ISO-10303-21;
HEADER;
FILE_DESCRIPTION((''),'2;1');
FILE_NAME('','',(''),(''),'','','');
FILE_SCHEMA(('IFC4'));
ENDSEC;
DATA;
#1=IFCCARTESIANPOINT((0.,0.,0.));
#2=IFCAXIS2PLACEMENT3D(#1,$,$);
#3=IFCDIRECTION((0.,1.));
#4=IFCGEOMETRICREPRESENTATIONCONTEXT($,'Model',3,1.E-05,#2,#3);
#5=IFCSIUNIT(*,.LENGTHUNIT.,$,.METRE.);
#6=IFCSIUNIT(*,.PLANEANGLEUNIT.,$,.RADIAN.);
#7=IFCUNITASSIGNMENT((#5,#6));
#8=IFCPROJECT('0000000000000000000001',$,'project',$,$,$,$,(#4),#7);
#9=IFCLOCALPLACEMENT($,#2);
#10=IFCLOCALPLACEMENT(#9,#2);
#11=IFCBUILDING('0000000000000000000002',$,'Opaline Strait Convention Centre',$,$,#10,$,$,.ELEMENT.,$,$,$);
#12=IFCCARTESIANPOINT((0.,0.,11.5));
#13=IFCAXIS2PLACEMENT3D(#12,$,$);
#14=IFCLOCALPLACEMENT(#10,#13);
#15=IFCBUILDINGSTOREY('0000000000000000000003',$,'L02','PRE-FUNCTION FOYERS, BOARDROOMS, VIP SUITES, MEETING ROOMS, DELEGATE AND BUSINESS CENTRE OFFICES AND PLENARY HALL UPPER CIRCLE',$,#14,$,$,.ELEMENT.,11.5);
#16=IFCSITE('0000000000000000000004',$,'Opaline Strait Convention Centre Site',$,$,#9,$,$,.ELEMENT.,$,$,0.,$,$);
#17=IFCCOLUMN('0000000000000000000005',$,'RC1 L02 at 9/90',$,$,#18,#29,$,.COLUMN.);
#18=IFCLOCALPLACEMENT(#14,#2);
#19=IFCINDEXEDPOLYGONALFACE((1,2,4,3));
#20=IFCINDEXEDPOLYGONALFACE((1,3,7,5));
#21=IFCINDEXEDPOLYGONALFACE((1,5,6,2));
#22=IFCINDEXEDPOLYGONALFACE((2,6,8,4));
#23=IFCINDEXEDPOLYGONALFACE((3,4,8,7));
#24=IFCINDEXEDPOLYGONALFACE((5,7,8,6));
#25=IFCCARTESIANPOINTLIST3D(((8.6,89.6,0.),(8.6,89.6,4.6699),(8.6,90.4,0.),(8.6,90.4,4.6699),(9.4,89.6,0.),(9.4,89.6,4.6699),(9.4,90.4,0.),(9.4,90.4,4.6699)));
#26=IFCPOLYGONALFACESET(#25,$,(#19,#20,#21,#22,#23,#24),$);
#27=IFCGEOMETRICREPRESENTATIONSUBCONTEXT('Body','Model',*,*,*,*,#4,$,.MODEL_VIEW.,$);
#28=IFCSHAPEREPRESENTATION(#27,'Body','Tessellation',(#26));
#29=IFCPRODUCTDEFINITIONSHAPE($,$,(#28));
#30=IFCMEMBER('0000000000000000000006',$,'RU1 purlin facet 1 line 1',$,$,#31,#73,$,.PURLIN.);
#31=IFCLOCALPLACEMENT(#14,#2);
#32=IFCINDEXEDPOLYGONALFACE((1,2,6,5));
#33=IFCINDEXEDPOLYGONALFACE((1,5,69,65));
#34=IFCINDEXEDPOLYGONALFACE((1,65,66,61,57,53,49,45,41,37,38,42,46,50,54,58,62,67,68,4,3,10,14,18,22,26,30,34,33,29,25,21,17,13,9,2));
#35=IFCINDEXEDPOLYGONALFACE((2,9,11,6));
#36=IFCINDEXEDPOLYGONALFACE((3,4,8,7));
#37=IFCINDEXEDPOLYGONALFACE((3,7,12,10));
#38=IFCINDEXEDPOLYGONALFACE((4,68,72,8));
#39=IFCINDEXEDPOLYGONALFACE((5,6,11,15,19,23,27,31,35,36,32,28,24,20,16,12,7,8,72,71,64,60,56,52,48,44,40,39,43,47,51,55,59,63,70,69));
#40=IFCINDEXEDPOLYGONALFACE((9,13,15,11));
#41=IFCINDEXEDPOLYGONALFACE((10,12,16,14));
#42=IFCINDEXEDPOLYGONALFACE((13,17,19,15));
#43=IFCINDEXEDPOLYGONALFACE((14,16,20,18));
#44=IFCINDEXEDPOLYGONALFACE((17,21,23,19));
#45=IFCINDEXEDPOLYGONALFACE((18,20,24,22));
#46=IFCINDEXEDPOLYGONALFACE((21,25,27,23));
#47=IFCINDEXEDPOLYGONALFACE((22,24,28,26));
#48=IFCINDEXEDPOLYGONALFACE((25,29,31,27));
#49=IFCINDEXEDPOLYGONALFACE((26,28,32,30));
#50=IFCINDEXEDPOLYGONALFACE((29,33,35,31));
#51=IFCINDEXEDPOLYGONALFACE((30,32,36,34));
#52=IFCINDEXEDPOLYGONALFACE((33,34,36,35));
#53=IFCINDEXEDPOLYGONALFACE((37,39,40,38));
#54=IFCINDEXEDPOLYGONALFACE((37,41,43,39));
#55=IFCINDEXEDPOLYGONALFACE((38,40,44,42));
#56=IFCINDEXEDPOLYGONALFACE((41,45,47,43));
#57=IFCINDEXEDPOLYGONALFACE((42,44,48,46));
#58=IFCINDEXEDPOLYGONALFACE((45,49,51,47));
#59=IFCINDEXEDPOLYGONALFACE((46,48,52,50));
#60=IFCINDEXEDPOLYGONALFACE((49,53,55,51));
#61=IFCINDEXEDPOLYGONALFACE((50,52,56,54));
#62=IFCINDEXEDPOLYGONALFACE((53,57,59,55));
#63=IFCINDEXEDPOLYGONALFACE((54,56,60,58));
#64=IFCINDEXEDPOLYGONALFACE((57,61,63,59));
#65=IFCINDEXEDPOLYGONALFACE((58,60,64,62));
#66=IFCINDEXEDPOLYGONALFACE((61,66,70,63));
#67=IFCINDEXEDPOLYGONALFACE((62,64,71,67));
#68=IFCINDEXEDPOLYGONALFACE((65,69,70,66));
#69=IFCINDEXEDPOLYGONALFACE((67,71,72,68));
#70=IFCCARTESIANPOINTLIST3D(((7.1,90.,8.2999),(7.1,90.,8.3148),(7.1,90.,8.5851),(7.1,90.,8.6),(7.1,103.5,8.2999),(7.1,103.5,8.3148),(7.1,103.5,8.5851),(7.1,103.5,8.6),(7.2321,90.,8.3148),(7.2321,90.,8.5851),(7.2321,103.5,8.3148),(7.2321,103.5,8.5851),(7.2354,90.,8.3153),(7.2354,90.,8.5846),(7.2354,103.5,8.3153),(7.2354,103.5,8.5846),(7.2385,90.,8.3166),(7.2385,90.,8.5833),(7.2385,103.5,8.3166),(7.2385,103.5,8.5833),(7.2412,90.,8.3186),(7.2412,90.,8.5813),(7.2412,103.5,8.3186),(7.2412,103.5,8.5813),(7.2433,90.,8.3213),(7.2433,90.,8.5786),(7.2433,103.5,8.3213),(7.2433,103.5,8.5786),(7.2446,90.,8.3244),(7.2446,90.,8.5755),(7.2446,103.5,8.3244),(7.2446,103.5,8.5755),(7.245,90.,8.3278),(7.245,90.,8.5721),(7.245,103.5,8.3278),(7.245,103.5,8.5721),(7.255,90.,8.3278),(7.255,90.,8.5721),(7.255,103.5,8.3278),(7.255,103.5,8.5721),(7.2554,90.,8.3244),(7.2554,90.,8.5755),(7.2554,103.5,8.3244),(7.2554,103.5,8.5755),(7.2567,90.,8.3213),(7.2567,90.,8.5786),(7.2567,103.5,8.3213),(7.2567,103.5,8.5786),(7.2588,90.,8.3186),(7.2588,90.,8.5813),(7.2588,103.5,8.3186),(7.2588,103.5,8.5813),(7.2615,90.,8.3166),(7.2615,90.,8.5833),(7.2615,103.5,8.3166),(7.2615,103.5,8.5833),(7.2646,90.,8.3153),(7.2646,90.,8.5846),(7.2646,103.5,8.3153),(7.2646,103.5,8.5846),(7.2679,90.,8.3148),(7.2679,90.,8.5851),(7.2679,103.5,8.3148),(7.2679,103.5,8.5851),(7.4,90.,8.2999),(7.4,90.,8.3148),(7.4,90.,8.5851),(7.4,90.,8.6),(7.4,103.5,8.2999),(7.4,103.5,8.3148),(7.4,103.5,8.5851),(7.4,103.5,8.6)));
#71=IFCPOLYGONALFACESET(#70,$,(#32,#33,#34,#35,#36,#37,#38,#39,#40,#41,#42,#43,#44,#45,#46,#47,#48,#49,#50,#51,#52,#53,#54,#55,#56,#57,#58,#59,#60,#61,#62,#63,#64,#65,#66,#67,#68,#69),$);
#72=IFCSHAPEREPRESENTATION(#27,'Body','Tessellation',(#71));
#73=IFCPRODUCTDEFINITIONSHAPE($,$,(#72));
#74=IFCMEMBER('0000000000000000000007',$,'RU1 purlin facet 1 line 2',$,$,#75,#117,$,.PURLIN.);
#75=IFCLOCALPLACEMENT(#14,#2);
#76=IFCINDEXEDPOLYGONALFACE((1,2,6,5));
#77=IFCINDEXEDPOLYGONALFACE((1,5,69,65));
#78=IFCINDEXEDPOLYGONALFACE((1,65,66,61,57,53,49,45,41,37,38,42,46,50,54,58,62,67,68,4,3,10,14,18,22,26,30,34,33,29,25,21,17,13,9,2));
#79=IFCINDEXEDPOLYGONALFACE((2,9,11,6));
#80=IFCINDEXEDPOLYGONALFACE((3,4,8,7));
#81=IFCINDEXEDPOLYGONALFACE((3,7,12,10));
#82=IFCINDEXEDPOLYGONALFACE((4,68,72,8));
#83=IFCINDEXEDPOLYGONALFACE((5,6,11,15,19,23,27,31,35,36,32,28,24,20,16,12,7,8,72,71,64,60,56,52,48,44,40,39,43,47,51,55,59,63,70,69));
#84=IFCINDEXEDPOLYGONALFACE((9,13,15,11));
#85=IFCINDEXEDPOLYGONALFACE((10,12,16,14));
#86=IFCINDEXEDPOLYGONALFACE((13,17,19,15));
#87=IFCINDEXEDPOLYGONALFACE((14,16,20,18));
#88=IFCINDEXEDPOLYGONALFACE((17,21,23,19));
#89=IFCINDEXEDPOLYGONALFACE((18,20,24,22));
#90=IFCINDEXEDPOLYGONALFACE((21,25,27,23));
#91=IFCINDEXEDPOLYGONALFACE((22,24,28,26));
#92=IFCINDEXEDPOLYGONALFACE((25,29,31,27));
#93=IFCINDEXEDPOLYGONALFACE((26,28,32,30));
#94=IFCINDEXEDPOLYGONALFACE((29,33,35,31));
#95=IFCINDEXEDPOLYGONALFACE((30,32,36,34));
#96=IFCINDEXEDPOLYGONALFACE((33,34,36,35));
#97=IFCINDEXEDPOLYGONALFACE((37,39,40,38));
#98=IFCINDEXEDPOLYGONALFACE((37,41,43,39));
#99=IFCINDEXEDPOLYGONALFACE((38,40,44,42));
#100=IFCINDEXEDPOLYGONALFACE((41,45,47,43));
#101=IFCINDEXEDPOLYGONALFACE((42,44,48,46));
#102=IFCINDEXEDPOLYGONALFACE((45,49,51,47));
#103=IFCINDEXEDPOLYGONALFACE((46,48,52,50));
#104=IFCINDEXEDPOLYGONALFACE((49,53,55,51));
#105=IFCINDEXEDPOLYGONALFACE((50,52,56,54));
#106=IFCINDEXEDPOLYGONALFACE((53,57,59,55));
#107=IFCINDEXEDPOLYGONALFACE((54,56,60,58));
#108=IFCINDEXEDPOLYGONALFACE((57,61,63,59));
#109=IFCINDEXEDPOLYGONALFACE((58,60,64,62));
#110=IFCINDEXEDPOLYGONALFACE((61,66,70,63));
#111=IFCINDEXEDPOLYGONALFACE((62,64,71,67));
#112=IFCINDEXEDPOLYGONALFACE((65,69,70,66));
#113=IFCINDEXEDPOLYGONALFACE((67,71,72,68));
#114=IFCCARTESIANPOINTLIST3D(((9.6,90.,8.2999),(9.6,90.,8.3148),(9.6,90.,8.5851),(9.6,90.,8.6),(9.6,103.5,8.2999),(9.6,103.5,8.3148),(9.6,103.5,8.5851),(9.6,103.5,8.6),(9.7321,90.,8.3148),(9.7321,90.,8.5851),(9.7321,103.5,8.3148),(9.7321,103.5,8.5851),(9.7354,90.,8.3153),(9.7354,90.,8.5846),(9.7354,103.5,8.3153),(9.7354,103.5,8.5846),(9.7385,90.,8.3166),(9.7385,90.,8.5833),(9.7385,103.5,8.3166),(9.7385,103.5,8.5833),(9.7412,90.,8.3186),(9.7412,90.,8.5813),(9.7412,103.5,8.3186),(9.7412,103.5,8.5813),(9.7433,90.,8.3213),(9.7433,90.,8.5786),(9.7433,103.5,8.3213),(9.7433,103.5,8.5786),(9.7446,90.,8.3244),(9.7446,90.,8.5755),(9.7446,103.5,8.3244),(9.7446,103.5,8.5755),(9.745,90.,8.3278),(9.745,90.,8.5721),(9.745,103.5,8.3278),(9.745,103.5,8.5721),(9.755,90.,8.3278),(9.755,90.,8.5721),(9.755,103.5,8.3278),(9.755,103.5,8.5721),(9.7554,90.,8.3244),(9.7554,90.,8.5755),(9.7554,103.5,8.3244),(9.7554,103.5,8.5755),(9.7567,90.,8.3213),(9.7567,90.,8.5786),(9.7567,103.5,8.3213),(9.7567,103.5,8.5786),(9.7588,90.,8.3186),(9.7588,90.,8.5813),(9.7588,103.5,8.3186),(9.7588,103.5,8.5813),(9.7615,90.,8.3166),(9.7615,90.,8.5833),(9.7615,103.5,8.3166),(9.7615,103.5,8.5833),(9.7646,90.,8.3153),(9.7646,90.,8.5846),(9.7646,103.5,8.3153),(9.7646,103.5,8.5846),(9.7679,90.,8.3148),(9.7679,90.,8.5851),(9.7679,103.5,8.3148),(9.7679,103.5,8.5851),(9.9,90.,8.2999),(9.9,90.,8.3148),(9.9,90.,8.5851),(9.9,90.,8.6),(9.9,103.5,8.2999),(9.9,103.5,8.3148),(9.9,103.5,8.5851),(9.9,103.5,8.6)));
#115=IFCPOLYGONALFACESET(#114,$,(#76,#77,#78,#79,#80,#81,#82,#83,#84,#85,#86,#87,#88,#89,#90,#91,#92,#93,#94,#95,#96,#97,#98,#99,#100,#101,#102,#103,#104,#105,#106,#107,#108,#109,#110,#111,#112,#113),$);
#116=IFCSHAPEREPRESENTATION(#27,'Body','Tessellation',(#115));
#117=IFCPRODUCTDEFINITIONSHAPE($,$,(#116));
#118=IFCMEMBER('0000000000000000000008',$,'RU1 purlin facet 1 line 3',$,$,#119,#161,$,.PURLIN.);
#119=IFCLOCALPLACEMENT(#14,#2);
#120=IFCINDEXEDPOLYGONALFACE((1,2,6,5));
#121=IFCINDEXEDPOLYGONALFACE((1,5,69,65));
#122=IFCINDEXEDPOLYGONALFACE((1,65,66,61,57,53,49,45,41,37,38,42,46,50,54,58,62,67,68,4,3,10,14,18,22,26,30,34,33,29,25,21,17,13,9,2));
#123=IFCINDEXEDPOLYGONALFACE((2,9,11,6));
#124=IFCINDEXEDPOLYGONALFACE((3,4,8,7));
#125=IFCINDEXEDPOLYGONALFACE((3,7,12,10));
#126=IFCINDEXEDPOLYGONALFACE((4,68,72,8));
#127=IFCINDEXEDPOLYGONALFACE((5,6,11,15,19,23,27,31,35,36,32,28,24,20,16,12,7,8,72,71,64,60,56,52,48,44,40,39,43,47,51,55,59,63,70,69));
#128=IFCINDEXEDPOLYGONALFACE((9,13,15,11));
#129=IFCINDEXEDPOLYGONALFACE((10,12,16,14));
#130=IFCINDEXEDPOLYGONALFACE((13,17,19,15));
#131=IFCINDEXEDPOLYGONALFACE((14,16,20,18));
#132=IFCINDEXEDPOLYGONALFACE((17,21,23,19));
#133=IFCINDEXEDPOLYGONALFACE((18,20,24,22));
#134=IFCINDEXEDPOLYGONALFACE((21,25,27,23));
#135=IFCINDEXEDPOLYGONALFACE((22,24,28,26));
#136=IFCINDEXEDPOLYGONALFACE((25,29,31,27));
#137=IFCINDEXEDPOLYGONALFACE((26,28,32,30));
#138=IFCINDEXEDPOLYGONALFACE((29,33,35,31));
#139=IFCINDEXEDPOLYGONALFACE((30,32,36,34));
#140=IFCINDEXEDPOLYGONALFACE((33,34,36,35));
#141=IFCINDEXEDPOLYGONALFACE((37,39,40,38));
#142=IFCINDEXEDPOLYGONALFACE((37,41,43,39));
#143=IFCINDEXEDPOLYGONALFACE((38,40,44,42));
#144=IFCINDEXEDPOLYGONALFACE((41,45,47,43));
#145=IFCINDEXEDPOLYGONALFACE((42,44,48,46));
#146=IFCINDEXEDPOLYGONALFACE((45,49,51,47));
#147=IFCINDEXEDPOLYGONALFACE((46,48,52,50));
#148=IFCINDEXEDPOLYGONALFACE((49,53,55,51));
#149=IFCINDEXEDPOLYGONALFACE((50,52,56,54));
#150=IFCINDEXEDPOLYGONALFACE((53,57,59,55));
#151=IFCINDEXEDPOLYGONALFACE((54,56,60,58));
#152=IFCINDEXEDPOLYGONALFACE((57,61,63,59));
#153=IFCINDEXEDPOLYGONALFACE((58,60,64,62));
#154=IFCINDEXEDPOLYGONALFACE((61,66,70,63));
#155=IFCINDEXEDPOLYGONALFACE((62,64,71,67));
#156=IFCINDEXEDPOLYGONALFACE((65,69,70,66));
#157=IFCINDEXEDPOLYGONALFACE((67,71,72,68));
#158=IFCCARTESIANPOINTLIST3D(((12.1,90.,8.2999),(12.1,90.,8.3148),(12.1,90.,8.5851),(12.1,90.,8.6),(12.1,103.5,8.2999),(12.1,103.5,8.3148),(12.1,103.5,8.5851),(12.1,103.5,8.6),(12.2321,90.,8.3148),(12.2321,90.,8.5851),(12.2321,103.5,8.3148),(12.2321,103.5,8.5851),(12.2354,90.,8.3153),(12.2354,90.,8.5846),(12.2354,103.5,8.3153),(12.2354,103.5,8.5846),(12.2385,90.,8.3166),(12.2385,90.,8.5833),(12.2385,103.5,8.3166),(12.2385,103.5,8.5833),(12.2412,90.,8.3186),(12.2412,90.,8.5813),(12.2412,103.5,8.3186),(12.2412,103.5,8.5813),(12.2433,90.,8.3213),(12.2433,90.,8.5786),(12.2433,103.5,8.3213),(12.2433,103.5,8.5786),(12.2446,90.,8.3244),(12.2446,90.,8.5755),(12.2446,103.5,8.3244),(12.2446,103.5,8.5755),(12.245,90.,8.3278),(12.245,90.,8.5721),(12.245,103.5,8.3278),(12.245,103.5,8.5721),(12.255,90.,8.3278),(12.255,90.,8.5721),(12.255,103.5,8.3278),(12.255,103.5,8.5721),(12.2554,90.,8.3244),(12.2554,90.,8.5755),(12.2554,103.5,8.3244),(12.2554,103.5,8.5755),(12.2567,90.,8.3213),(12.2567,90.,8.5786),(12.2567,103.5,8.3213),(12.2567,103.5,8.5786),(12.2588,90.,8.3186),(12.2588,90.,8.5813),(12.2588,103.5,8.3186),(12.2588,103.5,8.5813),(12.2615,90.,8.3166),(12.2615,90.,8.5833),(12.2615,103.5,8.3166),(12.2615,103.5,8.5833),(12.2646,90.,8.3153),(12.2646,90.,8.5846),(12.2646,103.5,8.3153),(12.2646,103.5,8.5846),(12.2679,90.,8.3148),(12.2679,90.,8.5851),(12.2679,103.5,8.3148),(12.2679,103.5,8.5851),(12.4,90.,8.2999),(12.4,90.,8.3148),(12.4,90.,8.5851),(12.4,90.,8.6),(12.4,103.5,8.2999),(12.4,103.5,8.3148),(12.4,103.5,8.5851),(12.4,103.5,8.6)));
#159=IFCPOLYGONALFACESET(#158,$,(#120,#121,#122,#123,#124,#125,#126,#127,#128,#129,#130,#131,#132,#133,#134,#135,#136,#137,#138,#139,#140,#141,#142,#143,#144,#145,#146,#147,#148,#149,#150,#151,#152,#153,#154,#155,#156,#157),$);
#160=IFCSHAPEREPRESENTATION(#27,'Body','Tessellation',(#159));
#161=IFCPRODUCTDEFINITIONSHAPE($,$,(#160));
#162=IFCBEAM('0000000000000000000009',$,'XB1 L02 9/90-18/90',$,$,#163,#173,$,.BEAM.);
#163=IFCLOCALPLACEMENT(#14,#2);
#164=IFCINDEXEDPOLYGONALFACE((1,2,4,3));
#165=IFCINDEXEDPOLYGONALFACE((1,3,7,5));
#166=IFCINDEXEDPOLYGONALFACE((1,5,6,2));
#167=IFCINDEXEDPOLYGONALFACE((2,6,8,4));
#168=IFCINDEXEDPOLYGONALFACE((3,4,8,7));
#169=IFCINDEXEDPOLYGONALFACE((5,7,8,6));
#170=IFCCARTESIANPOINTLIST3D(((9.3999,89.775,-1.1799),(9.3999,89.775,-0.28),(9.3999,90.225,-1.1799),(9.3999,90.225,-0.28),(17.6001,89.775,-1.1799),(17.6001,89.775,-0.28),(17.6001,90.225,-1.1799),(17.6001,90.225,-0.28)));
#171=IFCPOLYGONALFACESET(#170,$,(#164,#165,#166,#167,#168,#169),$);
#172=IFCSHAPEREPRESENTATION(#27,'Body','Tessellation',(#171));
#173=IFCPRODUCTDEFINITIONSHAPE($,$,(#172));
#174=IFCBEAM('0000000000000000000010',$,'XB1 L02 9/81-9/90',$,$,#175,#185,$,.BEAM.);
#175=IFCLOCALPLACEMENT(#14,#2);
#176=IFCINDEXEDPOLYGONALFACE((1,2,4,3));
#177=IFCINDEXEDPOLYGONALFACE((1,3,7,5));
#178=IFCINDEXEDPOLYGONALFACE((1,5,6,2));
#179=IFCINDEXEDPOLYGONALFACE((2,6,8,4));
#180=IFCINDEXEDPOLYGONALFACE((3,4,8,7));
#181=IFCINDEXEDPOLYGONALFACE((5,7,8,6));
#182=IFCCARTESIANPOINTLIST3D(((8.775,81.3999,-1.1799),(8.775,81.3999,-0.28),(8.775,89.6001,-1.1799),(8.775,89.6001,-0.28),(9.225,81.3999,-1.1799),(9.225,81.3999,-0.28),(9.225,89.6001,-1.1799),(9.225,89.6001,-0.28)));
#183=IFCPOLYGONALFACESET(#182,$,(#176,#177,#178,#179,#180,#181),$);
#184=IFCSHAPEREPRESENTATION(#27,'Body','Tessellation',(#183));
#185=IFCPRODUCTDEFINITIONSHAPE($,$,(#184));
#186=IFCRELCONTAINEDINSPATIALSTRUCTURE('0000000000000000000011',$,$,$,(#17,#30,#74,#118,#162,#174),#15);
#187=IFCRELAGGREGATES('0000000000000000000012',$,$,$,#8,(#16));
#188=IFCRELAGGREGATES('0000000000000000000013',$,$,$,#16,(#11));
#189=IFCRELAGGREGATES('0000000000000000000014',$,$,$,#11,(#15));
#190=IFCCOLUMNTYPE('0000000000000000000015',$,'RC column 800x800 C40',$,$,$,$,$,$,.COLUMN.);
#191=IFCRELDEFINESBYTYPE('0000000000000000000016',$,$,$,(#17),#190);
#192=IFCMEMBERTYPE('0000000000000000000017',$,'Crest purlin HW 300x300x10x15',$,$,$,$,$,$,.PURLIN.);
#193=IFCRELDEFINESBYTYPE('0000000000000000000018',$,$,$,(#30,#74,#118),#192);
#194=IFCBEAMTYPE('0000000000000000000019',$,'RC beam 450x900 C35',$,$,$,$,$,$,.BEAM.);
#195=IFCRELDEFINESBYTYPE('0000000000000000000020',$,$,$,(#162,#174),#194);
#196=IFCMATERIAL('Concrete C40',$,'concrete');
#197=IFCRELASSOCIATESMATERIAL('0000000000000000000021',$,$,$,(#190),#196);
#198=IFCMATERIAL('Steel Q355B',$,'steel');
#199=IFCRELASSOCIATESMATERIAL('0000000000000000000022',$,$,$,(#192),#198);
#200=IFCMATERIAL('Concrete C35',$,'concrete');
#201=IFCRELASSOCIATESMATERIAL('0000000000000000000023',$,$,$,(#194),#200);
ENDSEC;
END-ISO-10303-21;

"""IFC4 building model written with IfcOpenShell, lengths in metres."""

from ifc_helpers import new_model, si_unit, direction, frame, origin, origin_2d, place, context, subcontext, project, spatial, rectangle, i_section, extrude, material, material_profile, profile_set, type_object, element, save


model = new_model("IFC4")

# Units and contexts
model_context = context("Model", 3, precision=1e-05, world=origin(), true_north=direction((0.0, 1.0)))
body_context = subcontext(model_context, "Body", "Model", "MODEL_VIEW")
ifc_project = project(units=[si_unit("LENGTHUNIT", "METRE"), si_unit("PLANEANGLEUNIT", "RADIAN")], contexts=[model_context])

# Site, building, storey
site_placement = place(None, origin())
site = spatial("IfcSite", under=ifc_project, at=site_placement, Name="Opaline Strait Convention Centre Site", CompositionType="ELEMENT", RefElevation=0.0)
building_placement = place(site_placement, origin())
building = spatial("IfcBuilding", under=site, at=building_placement, Name="Opaline Strait Convention Centre", CompositionType="ELEMENT")
storey_placement = place(building_placement, frame((0.0, 0.0, 11.5)))
storey = spatial("IfcBuildingStorey", under=building, at=storey_placement, Name="L02", Description="PRE-FUNCTION FOYERS, BOARDROOMS, VIP SUITES, MEETING ROOMS, DELEGATE AND BUSINESS CENTRE OFFICES AND PLENARY HALL UPPER CIRCLE", CompositionType="ELEMENT", Elevation=11.5)

# Column
ifc_material_1 = material(Name="Concrete C40", Category="concrete")
ifc_material_profile_1 = material_profile(ifc_material_1, rectangle(XDim=0.8, YDim=0.8, at=origin_2d()), Name="RC 800x800")
ifc_profile_set_1 = profile_set([ifc_material_profile_1], Name="Concrete C40")
column_type = type_object("IfcColumnType", Name="RC column 800x800 C40", PredefinedType="COLUMN", material=ifc_profile_set_1)
column_placement = place(storey_placement, frame((9.0, 90.0, 0.0), z_axis=(0.0, 0.0, 1.0), x_axis=(1.0, 0.0, 0.0)))
element("IfcColumn", 1, at=column_placement, inside=storey, type_object=column_type, Name="RC1 L02 at 9/90", PredefinedType="COLUMN", context=body_context, shape_type="SweptSolid", body=[
    extrude(rectangle(XDim=0.8, YDim=0.8, at=origin_2d()), origin(), (0.0, 0.0, 1.0), 4.6699),
])

# Members
ifc_material_2 = material(Name="Steel Q355B", Category="steel")
ifc_material_profile_2 = material_profile(ifc_material_2, i_section(OverallWidth=0.3, OverallDepth=0.3, WebThickness=0.01, FlangeThickness=0.0149, FilletRadius=0.0129, at=origin_2d()), Name="HW 300x300x10x15")
ifc_profile_set_2 = profile_set([ifc_material_profile_2], Name="Steel Q355B")
member_type_1 = type_object("IfcMemberType", Name="Crest purlin HW 300x300x10x15", PredefinedType="PURLIN", material=ifc_profile_set_2)
for number, where, z_axis, x_axis, name in (
    (2, (7.25, 90.0, 8.45), (0.0, 1.0, 0.0), (-1.0, 0.0, 0.0), "RU1 purlin facet 1 line 1"),
    (3, (9.75, 90.0, 8.45), (0.0, 1.0, 0.0), (-1.0, 0.0, 0.0), "RU1 purlin facet 1 line 2"),
    (4, (12.25, 90.0, 8.45), (0.0, 1.0, 0.0), (-1.0, 0.0, 0.0), "RU1 purlin facet 1 line 3"),
):
    element("IfcMember", number, at=place(storey_placement, frame(where, z_axis=z_axis, x_axis=x_axis)), inside=storey, type_object=member_type_1, Name=name, PredefinedType="PURLIN", context=body_context, shape_type="SweptSolid", body=[
        extrude(i_section(OverallWidth=0.3, OverallDepth=0.3, WebThickness=0.01, FlangeThickness=0.0149, FilletRadius=0.0129, at=origin_2d()), origin(), (0.0, 0.0, 1.0), 13.5),
    ])

# Beams
ifc_material_3 = material(Name="Concrete C35", Category="concrete")
ifc_material_profile_3 = material_profile(ifc_material_3, rectangle(XDim=0.45, YDim=0.8999, at=origin_2d()), Name="RC 450x900")
ifc_profile_set_3 = profile_set([ifc_material_profile_3], Name="Concrete C35")
beam_type = type_object("IfcBeamType", Name="RC beam 450x900 C35", PredefinedType="BEAM", material=ifc_profile_set_3)
for number, where, z_axis, x_axis, name in (
    (5, (9.3999, 90.0, -0.73), (1.0, 0.0, 0.0), (0.0, 1.0, 0.0), "XB1 L02 9/90-18/90"),
    (6, (9.0, 81.3999, -0.73), (0.0, 1.0, 0.0), (-1.0, 0.0, 0.0), "XB1 L02 9/81-9/90"),
):
    element("IfcBeam", number, at=place(storey_placement, frame(where, z_axis=z_axis, x_axis=x_axis)), inside=storey, type_object=beam_type, Name=name, PredefinedType="BEAM", context=body_context, shape_type="SweptSolid", body=[
        extrude(rectangle(XDim=0.45, YDim=0.8999, at=origin_2d()), origin(), (0.0, 0.0, 1.0), 8.2002),
    ])

save(model, "model.ifc")
